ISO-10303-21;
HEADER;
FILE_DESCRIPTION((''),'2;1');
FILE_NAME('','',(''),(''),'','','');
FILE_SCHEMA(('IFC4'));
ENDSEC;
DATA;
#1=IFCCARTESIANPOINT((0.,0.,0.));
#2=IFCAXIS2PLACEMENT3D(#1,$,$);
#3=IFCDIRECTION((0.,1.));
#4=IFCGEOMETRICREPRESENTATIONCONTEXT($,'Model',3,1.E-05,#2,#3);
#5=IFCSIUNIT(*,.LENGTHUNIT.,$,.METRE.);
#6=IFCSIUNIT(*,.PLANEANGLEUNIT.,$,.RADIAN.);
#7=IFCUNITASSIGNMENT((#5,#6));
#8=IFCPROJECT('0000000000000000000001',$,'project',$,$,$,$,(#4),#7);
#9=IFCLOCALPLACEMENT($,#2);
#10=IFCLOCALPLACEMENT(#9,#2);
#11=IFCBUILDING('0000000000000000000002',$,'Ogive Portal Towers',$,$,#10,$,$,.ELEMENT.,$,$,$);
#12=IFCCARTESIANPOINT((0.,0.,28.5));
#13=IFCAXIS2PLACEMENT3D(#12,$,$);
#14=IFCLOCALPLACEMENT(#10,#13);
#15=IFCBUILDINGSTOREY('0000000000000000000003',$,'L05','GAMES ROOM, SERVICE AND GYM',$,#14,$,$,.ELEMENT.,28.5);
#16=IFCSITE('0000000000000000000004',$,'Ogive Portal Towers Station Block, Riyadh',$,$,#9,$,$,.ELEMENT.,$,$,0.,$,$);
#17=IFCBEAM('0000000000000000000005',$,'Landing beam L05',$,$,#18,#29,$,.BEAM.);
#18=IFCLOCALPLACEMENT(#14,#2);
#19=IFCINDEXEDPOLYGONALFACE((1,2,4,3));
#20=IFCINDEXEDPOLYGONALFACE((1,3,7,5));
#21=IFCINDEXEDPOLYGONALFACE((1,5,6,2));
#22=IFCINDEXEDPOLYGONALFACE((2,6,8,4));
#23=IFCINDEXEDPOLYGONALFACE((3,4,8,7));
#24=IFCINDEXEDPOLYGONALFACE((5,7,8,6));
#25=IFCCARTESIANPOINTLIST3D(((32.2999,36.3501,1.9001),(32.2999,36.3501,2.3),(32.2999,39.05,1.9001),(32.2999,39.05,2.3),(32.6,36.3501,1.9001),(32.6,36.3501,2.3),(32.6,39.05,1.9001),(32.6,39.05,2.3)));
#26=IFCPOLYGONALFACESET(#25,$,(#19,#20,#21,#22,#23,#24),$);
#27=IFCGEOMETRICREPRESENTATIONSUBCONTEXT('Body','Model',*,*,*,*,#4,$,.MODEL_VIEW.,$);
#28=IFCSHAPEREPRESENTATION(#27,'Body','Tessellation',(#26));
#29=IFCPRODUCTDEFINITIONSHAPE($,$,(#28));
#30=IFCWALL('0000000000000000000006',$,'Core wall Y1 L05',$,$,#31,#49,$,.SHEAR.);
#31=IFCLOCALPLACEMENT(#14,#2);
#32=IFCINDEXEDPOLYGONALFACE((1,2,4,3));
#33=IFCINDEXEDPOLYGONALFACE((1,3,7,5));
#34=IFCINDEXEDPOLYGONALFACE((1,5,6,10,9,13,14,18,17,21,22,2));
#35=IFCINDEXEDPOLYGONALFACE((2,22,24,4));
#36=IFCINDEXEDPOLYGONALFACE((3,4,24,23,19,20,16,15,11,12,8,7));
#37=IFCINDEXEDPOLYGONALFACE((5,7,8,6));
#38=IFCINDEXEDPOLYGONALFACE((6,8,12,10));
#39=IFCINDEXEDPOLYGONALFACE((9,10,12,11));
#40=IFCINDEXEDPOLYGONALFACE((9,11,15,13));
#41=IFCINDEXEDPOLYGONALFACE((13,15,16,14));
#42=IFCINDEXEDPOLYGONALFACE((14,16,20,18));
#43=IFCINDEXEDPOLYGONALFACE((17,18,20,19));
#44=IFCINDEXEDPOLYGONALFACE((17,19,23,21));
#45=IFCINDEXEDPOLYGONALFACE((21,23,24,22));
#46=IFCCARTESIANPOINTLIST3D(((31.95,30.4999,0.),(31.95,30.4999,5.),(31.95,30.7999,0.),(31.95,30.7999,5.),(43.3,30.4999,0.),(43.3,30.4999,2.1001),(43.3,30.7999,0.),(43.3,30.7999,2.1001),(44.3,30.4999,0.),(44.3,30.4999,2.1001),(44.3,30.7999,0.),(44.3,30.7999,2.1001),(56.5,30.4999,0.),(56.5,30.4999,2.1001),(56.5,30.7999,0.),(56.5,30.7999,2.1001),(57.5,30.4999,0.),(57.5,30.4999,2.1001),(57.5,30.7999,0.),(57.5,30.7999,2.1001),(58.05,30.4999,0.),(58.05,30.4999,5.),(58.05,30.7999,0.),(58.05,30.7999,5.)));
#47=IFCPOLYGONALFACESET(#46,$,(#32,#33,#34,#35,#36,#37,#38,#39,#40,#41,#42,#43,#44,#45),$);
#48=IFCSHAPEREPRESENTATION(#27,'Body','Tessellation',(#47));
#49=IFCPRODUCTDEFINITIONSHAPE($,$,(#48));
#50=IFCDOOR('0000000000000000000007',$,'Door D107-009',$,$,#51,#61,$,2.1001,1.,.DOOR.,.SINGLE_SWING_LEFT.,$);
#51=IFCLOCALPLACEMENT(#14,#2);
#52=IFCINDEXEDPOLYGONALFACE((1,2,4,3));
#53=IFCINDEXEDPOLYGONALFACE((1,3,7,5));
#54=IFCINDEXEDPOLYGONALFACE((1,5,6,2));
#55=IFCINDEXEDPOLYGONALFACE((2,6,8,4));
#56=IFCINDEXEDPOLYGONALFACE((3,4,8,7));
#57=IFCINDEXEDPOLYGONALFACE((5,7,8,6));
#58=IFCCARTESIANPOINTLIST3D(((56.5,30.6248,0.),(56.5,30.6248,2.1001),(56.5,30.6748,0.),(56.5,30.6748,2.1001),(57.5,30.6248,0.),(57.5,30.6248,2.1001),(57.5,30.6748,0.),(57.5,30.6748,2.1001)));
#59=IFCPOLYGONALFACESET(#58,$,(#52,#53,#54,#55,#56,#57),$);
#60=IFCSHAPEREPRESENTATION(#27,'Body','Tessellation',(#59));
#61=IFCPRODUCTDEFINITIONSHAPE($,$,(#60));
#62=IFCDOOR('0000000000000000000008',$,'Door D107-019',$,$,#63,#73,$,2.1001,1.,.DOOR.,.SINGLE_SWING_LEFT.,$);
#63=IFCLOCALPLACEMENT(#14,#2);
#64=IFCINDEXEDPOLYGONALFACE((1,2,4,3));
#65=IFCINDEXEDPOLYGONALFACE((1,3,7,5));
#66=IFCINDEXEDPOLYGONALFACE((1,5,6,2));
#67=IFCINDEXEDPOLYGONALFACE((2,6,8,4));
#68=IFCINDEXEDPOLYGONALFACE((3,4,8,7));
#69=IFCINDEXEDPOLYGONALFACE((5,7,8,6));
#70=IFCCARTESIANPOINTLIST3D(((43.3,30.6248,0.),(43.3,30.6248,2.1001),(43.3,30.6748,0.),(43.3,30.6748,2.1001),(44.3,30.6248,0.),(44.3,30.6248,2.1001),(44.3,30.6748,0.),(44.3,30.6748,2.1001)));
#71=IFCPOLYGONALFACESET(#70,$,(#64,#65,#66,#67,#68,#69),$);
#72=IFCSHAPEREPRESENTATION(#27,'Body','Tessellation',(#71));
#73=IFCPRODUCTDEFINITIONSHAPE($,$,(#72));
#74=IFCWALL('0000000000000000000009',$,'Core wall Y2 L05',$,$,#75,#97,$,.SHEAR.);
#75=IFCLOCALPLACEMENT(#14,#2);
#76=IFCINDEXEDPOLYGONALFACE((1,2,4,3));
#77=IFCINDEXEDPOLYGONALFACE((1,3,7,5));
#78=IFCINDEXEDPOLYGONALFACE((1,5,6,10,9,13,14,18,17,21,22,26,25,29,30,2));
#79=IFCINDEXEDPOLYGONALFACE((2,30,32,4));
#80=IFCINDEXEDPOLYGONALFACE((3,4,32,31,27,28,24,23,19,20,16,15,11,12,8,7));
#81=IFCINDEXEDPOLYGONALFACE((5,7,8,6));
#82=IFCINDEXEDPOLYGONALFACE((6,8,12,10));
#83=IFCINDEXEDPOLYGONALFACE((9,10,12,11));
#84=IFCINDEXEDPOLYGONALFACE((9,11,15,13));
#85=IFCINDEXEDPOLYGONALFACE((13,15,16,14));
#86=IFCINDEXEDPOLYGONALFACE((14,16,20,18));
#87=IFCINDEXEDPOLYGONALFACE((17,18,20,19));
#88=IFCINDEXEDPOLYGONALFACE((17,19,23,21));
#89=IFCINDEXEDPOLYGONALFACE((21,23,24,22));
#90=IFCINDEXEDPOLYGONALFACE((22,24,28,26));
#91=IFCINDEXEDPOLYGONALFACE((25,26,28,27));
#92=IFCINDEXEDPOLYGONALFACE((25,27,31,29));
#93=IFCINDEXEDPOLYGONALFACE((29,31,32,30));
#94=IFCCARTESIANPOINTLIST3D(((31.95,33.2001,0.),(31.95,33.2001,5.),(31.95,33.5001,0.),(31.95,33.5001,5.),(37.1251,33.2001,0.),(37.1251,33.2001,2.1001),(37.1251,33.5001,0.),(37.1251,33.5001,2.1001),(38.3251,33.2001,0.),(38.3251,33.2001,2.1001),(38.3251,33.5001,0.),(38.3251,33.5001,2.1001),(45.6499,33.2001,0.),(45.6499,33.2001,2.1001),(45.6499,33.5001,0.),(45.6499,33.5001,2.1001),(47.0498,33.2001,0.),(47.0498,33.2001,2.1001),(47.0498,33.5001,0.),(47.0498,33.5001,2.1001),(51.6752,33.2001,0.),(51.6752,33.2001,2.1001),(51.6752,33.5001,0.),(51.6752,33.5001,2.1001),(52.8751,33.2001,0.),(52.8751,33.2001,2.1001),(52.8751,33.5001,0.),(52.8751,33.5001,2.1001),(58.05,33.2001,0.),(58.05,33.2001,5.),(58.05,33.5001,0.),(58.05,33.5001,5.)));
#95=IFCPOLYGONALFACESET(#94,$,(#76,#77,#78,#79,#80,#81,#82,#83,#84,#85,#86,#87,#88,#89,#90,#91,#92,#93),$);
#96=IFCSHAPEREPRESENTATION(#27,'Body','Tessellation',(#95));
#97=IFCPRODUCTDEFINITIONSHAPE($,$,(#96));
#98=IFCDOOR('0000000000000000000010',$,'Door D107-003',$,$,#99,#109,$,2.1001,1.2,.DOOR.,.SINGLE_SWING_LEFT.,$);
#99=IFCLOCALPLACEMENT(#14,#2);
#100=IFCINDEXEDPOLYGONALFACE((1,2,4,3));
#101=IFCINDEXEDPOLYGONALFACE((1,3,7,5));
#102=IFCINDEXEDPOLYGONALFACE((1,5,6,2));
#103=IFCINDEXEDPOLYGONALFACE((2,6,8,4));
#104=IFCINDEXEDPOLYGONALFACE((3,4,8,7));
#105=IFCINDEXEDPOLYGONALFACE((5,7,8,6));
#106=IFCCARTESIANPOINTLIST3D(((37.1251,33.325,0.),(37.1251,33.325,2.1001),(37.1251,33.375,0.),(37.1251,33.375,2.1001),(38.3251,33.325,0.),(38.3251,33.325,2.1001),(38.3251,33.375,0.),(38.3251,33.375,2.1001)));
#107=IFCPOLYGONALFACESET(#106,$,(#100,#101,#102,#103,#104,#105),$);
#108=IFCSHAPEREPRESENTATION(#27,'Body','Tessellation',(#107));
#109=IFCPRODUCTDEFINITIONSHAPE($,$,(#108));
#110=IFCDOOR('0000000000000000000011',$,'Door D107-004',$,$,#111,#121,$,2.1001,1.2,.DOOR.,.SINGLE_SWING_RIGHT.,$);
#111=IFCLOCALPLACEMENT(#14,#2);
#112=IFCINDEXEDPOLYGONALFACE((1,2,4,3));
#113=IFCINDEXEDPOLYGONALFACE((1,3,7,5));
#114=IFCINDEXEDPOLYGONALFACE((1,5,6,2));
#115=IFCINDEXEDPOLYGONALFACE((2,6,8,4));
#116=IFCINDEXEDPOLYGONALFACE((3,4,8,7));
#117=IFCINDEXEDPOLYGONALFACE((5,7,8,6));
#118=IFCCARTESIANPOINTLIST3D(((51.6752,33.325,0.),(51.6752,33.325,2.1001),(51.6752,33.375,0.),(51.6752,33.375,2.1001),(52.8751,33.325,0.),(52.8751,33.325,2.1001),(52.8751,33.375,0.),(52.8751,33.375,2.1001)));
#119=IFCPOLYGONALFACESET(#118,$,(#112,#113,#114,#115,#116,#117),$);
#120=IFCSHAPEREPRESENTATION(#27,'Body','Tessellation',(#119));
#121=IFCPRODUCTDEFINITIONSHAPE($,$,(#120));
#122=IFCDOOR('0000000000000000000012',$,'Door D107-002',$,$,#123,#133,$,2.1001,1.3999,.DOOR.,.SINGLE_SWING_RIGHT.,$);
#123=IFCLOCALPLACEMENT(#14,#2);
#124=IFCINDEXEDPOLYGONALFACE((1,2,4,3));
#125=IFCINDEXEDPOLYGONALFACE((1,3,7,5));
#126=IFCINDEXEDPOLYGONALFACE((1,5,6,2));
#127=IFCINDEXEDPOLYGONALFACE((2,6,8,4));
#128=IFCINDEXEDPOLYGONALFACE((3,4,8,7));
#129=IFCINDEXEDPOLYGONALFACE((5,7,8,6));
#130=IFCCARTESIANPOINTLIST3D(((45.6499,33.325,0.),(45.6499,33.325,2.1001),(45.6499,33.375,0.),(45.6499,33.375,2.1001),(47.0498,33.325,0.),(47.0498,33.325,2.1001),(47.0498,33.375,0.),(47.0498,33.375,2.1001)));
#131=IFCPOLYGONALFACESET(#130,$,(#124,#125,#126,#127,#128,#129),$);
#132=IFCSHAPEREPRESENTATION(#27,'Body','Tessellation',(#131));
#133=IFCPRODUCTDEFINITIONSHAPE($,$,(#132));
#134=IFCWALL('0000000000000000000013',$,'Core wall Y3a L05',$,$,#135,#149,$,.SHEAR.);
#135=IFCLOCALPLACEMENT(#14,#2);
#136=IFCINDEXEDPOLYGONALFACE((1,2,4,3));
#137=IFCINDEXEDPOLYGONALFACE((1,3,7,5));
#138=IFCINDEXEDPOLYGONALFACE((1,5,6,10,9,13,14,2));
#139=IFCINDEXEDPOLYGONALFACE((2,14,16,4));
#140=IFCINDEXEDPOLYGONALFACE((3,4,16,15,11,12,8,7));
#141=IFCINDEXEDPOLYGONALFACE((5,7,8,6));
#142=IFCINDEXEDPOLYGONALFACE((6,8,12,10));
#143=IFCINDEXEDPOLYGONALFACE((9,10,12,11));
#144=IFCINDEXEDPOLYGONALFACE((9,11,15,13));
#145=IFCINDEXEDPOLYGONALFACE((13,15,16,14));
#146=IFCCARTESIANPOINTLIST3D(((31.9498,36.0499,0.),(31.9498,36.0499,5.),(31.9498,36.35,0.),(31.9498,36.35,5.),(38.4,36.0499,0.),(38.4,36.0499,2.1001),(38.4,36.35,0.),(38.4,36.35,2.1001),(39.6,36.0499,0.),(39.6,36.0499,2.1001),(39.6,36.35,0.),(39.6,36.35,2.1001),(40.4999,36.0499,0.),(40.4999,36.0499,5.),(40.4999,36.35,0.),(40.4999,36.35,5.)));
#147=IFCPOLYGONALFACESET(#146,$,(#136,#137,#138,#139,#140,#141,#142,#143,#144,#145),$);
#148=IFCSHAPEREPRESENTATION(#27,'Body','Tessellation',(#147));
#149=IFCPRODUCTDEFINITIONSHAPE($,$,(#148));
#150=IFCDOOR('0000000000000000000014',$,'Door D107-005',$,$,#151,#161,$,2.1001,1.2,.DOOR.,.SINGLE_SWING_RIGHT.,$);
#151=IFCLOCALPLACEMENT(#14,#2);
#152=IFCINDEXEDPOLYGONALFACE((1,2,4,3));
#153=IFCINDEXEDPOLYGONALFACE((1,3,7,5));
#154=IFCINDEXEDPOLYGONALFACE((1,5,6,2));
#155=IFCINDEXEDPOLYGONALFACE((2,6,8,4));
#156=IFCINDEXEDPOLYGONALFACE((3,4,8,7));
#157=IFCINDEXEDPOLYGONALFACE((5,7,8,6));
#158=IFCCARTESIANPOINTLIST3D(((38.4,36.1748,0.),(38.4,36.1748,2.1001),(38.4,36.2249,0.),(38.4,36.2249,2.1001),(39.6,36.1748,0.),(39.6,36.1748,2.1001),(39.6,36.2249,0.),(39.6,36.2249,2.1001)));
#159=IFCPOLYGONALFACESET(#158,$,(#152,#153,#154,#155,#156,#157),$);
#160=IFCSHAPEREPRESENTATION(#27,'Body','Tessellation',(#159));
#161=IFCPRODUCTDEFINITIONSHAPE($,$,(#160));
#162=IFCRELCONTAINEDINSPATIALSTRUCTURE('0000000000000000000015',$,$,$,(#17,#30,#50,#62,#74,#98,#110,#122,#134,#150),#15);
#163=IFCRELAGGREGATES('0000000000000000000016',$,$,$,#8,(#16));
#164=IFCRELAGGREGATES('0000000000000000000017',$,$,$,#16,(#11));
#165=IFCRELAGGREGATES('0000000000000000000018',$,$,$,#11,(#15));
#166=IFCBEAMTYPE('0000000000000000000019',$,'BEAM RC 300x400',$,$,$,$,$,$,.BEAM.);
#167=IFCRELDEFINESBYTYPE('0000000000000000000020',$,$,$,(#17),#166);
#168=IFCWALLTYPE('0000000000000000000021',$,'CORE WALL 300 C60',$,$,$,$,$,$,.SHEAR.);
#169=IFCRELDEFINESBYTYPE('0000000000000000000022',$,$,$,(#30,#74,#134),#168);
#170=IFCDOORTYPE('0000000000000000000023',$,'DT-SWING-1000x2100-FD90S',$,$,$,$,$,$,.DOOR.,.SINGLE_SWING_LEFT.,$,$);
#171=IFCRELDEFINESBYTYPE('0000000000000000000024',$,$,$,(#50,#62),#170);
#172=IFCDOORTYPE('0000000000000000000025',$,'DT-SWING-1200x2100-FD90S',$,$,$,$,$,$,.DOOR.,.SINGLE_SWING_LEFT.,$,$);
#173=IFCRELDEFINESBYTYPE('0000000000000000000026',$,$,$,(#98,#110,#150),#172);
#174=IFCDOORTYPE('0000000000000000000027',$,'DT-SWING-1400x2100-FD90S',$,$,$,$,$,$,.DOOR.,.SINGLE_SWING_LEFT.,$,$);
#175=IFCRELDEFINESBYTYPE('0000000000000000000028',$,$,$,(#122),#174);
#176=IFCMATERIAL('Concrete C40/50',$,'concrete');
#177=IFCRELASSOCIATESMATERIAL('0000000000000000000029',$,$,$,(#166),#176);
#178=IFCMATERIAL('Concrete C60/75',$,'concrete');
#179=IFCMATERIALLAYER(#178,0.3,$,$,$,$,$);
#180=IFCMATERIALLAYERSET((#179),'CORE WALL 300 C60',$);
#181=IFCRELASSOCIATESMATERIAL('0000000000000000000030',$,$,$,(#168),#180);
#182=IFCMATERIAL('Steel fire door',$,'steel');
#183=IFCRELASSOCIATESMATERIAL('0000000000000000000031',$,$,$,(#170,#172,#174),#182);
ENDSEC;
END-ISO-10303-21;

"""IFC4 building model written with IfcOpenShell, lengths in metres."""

from ifc_helpers import new_model, si_unit, direction, frame, frame_2d, origin, origin_2d, place, context, subcontext, project, spatial, rectangle, extrude, material, layer, layer_set, material_profile, profile_set, type_object, element, fill, save


model = new_model("IFC4")

# Units and contexts
model_context = context("Model", 3, precision=1e-05, world=origin(), true_north=direction((0.0, 1.0)))
body_context = subcontext(model_context, "Body", "Model", "MODEL_VIEW")
ifc_project = project(units=[si_unit("LENGTHUNIT", "METRE"), si_unit("PLANEANGLEUNIT", "RADIAN")], contexts=[model_context])

# Site, building, storey
site_placement = place(None, origin())
site = spatial("IfcSite", under=ifc_project, at=site_placement, Name="Ogive Portal Towers Station Block, Riyadh", CompositionType="ELEMENT", RefElevation=0.0)
building_placement = place(site_placement, origin())
building = spatial("IfcBuilding", under=site, at=building_placement, Name="Ogive Portal Towers", CompositionType="ELEMENT")
storey_placement = place(building_placement, frame((0.0, 0.0, 28.5)))
storey = spatial("IfcBuildingStorey", under=building, at=storey_placement, Name="L05", Description="GAMES ROOM, SERVICE AND GYM", CompositionType="ELEMENT", Elevation=28.5)

# Beam
ifc_material_1 = material(Name="Concrete C40/50", Category="concrete")
ifc_material_profile = material_profile(ifc_material_1, rectangle(XDim=0.3, YDim=0.3999, at=origin_2d()), Name="RC 300x400")
ifc_profile_set = profile_set([ifc_material_profile], Name="Concrete C40/50")
beam_type = type_object("IfcBeamType", Name="BEAM RC 300x400", PredefinedType="BEAM", material=ifc_profile_set)
beam_placement = place(storey_placement, frame((32.45, 36.3501, 2.1001), z_axis=(0.0, 1.0, 0.0), x_axis=(-1.0, 0.0, 0.0)))
element("IfcBeam", 1, at=beam_placement, inside=storey, type_object=beam_type, Name="Landing beam L05", PredefinedType="BEAM", context=body_context, shape_type="SweptSolid", body=[
    extrude(rectangle(XDim=0.3, YDim=0.3999, at=origin_2d()), origin(), (0.0, 0.0, 1.0), 2.7),
])

# Walls, openings, doors
ifc_material_2 = material(Name="Concrete C60/75", Category="concrete")
ifc_layer_1 = layer(ifc_material_2, 0.3)
ifc_layer_set_1 = layer_set([ifc_layer_1], Name="CORE WALL 300 C60")
wall_type_1 = type_object("IfcWallType", Name="CORE WALL 300 C60", PredefinedType="SHEAR", material=ifc_layer_set_1)
wall_1_placement = place(storey_placement, frame((31.95, 30.6499, 0.0), z_axis=(0.0, 0.0, 1.0), x_axis=(1.0, 0.0, 0.0)))
wall_1 = element("IfcWall", 2, at=wall_1_placement, inside=storey, type_object=wall_type_1, Name="Core wall Y1 L05", PredefinedType="SHEAR", context=body_context, shape_type="SweptSolid", body=[
    extrude(rectangle(XDim=26.1001, YDim=0.3, at=frame_2d((13.05, 0.0))), origin(), (0.0, 0.0, 1.0), 5.0),
])
opening_1_placement = place(wall_1_placement, frame((24.55, 0.0, 0.0)))
opening_1 = element("IfcOpeningElement", 3, at=opening_1_placement, cuts=wall_1, PredefinedType="OPENING", context=body_context, shape_type="SweptSolid", body=[
    extrude(rectangle(XDim=1.0, YDim=2.1001, at=frame_2d((0.5, 1.05))), frame((0.0, 0.1602, 0.0), z_axis=(0.0, -1.0, 0.0), x_axis=(1.0, 0.0, 0.0)), (0.0, 0.0, 1.0), 0.3201),
])
opening_2_placement = place(wall_1_placement, frame((11.3501, 0.0, 0.0)))
opening_2 = element("IfcOpeningElement", 4, at=opening_2_placement, cuts=wall_1, PredefinedType="OPENING", context=body_context, shape_type="SweptSolid", body=[
    extrude(rectangle(XDim=1.0, YDim=2.1001, at=frame_2d((0.5, 1.05))), frame((0.0, 0.1602, 0.0), z_axis=(0.0, -1.0, 0.0), x_axis=(1.0, 0.0, 0.0)), (0.0, 0.0, 1.0), 0.3201),
])
ifc_material_3 = material(Name="Steel fire door", Category="steel")
door_type_1 = type_object("IfcDoorType", Name="DT-SWING-1000x2100-FD90S", OperationType="SINGLE_SWING_LEFT", PredefinedType="DOOR", material=ifc_material_3)
door_1_placement = place(opening_1_placement, origin())
door_1 = element("IfcDoor", 5, at=door_1_placement, inside=storey, type_object=door_type_1, Name="Door D107-009", OperationType="SINGLE_SWING_LEFT", OverallHeight=2.1001, OverallWidth=1.0, PredefinedType="DOOR", context=body_context, shape_type="SweptSolid", body=[
    extrude(rectangle(XDim=1.0, YDim=2.1001, at=frame_2d((0.5, 1.05))), frame((0.0, 0.0249, 0.0), z_axis=(0.0, -1.0, 0.0), x_axis=(1.0, 0.0, 0.0)), (0.0, 0.0, 1.0), 0.05),
])
fill(opening_1, door_1)
door_2_placement = place(opening_2_placement, origin())
door_2 = element("IfcDoor", 6, at=door_2_placement, inside=storey, type_object=door_type_1, Name="Door D107-019", OperationType="SINGLE_SWING_LEFT", OverallHeight=2.1001, OverallWidth=1.0, PredefinedType="DOOR", context=body_context, shape_type="SweptSolid", body=[
    extrude(rectangle(XDim=1.0, YDim=2.1001, at=frame_2d((0.5, 1.05))), frame((0.0, 0.0249, 0.0), z_axis=(0.0, -1.0, 0.0), x_axis=(1.0, 0.0, 0.0)), (0.0, 0.0, 1.0), 0.05),
])
fill(opening_2, door_2)
wall_2_placement = place(storey_placement, frame((31.95, 33.3501, 0.0), z_axis=(0.0, 0.0, 1.0), x_axis=(1.0, 0.0, 0.0)))
wall_2 = element("IfcWall", 7, at=wall_2_placement, inside=storey, type_object=wall_type_1, Name="Core wall Y2 L05", PredefinedType="SHEAR", context=body_context, shape_type="SweptSolid", body=[
    extrude(rectangle(XDim=26.1001, YDim=0.3, at=frame_2d((13.05, 0.0))), origin(), (0.0, 0.0, 1.0), 5.0),
])
opening_3_placement = place(wall_2_placement, frame((13.7, 0.0, 0.0)))
opening_3 = element("IfcOpeningElement", 8, at=opening_3_placement, cuts=wall_2, PredefinedType="OPENING", context=body_context, shape_type="SweptSolid", body=[
    extrude(rectangle(XDim=1.3999, YDim=2.1001, at=frame_2d((0.7, 1.05))), frame((0.0, 0.1602, 0.0), z_axis=(0.0, -1.0, 0.0), x_axis=(1.0, 0.0, 0.0)), (0.0, 0.0, 1.0), 0.3201),
])
opening_4_placement = place(wall_2_placement, frame((5.175, 0.0, 0.0)))
opening_4 = element("IfcOpeningElement", 9, at=opening_4_placement, cuts=wall_2, PredefinedType="OPENING", context=body_context, shape_type="SweptSolid", body=[
    extrude(rectangle(XDim=1.2, YDim=2.1001, at=frame_2d((0.6001, 1.05))), frame((0.0, 0.1602, 0.0), z_axis=(0.0, -1.0, 0.0), x_axis=(1.0, 0.0, 0.0)), (0.0, 0.0, 1.0), 0.3201),
])
opening_5_placement = place(wall_2_placement, frame((19.7251, 0.0, 0.0)))
opening_5 = element("IfcOpeningElement", 10, at=opening_5_placement, cuts=wall_2, PredefinedType="OPENING", context=body_context, shape_type="SweptSolid", body=[
    extrude(rectangle(XDim=1.2, YDim=2.1001, at=frame_2d((0.6001, 1.05))), frame((0.0, 0.1602, 0.0), z_axis=(0.0, -1.0, 0.0), x_axis=(1.0, 0.0, 0.0)), (0.0, 0.0, 1.0), 0.3201),
])
door_type_2 = type_object("IfcDoorType", Name="DT-SWING-1200x2100-FD90S", OperationType="SINGLE_SWING_LEFT", PredefinedType="DOOR", material=ifc_material_3)
door_3_placement = place(opening_4_placement, origin())
door_3 = element("IfcDoor", 11, at=door_3_placement, inside=storey, type_object=door_type_2, Name="Door D107-003", OperationType="SINGLE_SWING_LEFT", OverallHeight=2.1001, OverallWidth=1.2, PredefinedType="DOOR", context=body_context, shape_type="SweptSolid", body=[
    extrude(rectangle(XDim=1.2, YDim=2.1001, at=frame_2d((0.6001, 1.05))), frame((0.0, 0.0249, 0.0), z_axis=(0.0, -1.0, 0.0), x_axis=(1.0, 0.0, 0.0)), (0.0, 0.0, 1.0), 0.05),
])
fill(opening_4, door_3)
door_4_placement = place(opening_5_placement, origin())
door_4 = element("IfcDoor", 12, at=door_4_placement, inside=storey, type_object=door_type_2, Name="Door D107-004", OperationType="SINGLE_SWING_RIGHT", OverallHeight=2.1001, OverallWidth=1.2, PredefinedType="DOOR", context=body_context, shape_type="SweptSolid", body=[
    extrude(rectangle(XDim=1.2, YDim=2.1001, at=frame_2d((0.6001, 1.05))), frame((0.0, 0.0249, 0.0), z_axis=(0.0, -1.0, 0.0), x_axis=(1.0, 0.0, 0.0)), (0.0, 0.0, 1.0), 0.05),
])
fill(opening_5, door_4)
door_type_3 = type_object("IfcDoorType", Name="DT-SWING-1400x2100-FD90S", OperationType="SINGLE_SWING_LEFT", PredefinedType="DOOR", material=ifc_material_3)
door_5_placement = place(opening_3_placement, origin())
door_5 = element("IfcDoor", 13, at=door_5_placement, inside=storey, type_object=door_type_3, Name="Door D107-002", OperationType="SINGLE_SWING_RIGHT", OverallHeight=2.1001, OverallWidth=1.3999, PredefinedType="DOOR", context=body_context, shape_type="SweptSolid", body=[
    extrude(rectangle(XDim=1.3999, YDim=2.1001, at=frame_2d((0.7, 1.05))), frame((0.0, 0.0249, 0.0), z_axis=(0.0, -1.0, 0.0), x_axis=(1.0, 0.0, 0.0)), (0.0, 0.0, 1.0), 0.05),
])
fill(opening_3, door_5)

# Wall, opening, door
wall_3_placement = place(storey_placement, frame((31.95, 36.2, 0.0), z_axis=(0.0, 0.0, 1.0), x_axis=(1.0, 0.0, 0.0)))
wall_3 = element("IfcWall", 14, at=wall_3_placement, inside=storey, type_object=wall_type_1, Name="Core wall Y3a L05", PredefinedType="SHEAR", context=body_context, shape_type="SweptSolid", body=[
    extrude(rectangle(XDim=8.55, YDim=0.3, at=frame_2d((4.2749, 0.0))), origin(), (0.0, 0.0, 1.0), 5.0),
])
opening_6_placement = place(wall_3_placement, frame((6.45, 0.0, 0.0)))
opening_6 = element("IfcOpeningElement", 15, at=opening_6_placement, cuts=wall_3, PredefinedType="OPENING", context=body_context, shape_type="SweptSolid", body=[
    extrude(rectangle(XDim=1.2, YDim=2.1001, at=frame_2d((0.6001, 1.05))), frame((0.0, 0.1602, 0.0), z_axis=(0.0, -1.0, 0.0), x_axis=(1.0, 0.0, 0.0)), (0.0, 0.0, 1.0), 0.3201),
])
door_6_placement = place(opening_6_placement, origin())
door_6 = element("IfcDoor", 16, at=door_6_placement, inside=storey, type_object=door_type_2, Name="Door D107-005", OperationType="SINGLE_SWING_RIGHT", OverallHeight=2.1001, OverallWidth=1.2, PredefinedType="DOOR", context=body_context, shape_type="SweptSolid", body=[
    extrude(rectangle(XDim=1.2, YDim=2.1001, at=frame_2d((0.6001, 1.05))), frame((0.0, 0.0249, 0.0), z_axis=(0.0, -1.0, 0.0), x_axis=(1.0, 0.0, 0.0)), (0.0, 0.0, 1.0), 0.05),
])
fill(opening_6, door_6)

save(model, "model.ifc")
